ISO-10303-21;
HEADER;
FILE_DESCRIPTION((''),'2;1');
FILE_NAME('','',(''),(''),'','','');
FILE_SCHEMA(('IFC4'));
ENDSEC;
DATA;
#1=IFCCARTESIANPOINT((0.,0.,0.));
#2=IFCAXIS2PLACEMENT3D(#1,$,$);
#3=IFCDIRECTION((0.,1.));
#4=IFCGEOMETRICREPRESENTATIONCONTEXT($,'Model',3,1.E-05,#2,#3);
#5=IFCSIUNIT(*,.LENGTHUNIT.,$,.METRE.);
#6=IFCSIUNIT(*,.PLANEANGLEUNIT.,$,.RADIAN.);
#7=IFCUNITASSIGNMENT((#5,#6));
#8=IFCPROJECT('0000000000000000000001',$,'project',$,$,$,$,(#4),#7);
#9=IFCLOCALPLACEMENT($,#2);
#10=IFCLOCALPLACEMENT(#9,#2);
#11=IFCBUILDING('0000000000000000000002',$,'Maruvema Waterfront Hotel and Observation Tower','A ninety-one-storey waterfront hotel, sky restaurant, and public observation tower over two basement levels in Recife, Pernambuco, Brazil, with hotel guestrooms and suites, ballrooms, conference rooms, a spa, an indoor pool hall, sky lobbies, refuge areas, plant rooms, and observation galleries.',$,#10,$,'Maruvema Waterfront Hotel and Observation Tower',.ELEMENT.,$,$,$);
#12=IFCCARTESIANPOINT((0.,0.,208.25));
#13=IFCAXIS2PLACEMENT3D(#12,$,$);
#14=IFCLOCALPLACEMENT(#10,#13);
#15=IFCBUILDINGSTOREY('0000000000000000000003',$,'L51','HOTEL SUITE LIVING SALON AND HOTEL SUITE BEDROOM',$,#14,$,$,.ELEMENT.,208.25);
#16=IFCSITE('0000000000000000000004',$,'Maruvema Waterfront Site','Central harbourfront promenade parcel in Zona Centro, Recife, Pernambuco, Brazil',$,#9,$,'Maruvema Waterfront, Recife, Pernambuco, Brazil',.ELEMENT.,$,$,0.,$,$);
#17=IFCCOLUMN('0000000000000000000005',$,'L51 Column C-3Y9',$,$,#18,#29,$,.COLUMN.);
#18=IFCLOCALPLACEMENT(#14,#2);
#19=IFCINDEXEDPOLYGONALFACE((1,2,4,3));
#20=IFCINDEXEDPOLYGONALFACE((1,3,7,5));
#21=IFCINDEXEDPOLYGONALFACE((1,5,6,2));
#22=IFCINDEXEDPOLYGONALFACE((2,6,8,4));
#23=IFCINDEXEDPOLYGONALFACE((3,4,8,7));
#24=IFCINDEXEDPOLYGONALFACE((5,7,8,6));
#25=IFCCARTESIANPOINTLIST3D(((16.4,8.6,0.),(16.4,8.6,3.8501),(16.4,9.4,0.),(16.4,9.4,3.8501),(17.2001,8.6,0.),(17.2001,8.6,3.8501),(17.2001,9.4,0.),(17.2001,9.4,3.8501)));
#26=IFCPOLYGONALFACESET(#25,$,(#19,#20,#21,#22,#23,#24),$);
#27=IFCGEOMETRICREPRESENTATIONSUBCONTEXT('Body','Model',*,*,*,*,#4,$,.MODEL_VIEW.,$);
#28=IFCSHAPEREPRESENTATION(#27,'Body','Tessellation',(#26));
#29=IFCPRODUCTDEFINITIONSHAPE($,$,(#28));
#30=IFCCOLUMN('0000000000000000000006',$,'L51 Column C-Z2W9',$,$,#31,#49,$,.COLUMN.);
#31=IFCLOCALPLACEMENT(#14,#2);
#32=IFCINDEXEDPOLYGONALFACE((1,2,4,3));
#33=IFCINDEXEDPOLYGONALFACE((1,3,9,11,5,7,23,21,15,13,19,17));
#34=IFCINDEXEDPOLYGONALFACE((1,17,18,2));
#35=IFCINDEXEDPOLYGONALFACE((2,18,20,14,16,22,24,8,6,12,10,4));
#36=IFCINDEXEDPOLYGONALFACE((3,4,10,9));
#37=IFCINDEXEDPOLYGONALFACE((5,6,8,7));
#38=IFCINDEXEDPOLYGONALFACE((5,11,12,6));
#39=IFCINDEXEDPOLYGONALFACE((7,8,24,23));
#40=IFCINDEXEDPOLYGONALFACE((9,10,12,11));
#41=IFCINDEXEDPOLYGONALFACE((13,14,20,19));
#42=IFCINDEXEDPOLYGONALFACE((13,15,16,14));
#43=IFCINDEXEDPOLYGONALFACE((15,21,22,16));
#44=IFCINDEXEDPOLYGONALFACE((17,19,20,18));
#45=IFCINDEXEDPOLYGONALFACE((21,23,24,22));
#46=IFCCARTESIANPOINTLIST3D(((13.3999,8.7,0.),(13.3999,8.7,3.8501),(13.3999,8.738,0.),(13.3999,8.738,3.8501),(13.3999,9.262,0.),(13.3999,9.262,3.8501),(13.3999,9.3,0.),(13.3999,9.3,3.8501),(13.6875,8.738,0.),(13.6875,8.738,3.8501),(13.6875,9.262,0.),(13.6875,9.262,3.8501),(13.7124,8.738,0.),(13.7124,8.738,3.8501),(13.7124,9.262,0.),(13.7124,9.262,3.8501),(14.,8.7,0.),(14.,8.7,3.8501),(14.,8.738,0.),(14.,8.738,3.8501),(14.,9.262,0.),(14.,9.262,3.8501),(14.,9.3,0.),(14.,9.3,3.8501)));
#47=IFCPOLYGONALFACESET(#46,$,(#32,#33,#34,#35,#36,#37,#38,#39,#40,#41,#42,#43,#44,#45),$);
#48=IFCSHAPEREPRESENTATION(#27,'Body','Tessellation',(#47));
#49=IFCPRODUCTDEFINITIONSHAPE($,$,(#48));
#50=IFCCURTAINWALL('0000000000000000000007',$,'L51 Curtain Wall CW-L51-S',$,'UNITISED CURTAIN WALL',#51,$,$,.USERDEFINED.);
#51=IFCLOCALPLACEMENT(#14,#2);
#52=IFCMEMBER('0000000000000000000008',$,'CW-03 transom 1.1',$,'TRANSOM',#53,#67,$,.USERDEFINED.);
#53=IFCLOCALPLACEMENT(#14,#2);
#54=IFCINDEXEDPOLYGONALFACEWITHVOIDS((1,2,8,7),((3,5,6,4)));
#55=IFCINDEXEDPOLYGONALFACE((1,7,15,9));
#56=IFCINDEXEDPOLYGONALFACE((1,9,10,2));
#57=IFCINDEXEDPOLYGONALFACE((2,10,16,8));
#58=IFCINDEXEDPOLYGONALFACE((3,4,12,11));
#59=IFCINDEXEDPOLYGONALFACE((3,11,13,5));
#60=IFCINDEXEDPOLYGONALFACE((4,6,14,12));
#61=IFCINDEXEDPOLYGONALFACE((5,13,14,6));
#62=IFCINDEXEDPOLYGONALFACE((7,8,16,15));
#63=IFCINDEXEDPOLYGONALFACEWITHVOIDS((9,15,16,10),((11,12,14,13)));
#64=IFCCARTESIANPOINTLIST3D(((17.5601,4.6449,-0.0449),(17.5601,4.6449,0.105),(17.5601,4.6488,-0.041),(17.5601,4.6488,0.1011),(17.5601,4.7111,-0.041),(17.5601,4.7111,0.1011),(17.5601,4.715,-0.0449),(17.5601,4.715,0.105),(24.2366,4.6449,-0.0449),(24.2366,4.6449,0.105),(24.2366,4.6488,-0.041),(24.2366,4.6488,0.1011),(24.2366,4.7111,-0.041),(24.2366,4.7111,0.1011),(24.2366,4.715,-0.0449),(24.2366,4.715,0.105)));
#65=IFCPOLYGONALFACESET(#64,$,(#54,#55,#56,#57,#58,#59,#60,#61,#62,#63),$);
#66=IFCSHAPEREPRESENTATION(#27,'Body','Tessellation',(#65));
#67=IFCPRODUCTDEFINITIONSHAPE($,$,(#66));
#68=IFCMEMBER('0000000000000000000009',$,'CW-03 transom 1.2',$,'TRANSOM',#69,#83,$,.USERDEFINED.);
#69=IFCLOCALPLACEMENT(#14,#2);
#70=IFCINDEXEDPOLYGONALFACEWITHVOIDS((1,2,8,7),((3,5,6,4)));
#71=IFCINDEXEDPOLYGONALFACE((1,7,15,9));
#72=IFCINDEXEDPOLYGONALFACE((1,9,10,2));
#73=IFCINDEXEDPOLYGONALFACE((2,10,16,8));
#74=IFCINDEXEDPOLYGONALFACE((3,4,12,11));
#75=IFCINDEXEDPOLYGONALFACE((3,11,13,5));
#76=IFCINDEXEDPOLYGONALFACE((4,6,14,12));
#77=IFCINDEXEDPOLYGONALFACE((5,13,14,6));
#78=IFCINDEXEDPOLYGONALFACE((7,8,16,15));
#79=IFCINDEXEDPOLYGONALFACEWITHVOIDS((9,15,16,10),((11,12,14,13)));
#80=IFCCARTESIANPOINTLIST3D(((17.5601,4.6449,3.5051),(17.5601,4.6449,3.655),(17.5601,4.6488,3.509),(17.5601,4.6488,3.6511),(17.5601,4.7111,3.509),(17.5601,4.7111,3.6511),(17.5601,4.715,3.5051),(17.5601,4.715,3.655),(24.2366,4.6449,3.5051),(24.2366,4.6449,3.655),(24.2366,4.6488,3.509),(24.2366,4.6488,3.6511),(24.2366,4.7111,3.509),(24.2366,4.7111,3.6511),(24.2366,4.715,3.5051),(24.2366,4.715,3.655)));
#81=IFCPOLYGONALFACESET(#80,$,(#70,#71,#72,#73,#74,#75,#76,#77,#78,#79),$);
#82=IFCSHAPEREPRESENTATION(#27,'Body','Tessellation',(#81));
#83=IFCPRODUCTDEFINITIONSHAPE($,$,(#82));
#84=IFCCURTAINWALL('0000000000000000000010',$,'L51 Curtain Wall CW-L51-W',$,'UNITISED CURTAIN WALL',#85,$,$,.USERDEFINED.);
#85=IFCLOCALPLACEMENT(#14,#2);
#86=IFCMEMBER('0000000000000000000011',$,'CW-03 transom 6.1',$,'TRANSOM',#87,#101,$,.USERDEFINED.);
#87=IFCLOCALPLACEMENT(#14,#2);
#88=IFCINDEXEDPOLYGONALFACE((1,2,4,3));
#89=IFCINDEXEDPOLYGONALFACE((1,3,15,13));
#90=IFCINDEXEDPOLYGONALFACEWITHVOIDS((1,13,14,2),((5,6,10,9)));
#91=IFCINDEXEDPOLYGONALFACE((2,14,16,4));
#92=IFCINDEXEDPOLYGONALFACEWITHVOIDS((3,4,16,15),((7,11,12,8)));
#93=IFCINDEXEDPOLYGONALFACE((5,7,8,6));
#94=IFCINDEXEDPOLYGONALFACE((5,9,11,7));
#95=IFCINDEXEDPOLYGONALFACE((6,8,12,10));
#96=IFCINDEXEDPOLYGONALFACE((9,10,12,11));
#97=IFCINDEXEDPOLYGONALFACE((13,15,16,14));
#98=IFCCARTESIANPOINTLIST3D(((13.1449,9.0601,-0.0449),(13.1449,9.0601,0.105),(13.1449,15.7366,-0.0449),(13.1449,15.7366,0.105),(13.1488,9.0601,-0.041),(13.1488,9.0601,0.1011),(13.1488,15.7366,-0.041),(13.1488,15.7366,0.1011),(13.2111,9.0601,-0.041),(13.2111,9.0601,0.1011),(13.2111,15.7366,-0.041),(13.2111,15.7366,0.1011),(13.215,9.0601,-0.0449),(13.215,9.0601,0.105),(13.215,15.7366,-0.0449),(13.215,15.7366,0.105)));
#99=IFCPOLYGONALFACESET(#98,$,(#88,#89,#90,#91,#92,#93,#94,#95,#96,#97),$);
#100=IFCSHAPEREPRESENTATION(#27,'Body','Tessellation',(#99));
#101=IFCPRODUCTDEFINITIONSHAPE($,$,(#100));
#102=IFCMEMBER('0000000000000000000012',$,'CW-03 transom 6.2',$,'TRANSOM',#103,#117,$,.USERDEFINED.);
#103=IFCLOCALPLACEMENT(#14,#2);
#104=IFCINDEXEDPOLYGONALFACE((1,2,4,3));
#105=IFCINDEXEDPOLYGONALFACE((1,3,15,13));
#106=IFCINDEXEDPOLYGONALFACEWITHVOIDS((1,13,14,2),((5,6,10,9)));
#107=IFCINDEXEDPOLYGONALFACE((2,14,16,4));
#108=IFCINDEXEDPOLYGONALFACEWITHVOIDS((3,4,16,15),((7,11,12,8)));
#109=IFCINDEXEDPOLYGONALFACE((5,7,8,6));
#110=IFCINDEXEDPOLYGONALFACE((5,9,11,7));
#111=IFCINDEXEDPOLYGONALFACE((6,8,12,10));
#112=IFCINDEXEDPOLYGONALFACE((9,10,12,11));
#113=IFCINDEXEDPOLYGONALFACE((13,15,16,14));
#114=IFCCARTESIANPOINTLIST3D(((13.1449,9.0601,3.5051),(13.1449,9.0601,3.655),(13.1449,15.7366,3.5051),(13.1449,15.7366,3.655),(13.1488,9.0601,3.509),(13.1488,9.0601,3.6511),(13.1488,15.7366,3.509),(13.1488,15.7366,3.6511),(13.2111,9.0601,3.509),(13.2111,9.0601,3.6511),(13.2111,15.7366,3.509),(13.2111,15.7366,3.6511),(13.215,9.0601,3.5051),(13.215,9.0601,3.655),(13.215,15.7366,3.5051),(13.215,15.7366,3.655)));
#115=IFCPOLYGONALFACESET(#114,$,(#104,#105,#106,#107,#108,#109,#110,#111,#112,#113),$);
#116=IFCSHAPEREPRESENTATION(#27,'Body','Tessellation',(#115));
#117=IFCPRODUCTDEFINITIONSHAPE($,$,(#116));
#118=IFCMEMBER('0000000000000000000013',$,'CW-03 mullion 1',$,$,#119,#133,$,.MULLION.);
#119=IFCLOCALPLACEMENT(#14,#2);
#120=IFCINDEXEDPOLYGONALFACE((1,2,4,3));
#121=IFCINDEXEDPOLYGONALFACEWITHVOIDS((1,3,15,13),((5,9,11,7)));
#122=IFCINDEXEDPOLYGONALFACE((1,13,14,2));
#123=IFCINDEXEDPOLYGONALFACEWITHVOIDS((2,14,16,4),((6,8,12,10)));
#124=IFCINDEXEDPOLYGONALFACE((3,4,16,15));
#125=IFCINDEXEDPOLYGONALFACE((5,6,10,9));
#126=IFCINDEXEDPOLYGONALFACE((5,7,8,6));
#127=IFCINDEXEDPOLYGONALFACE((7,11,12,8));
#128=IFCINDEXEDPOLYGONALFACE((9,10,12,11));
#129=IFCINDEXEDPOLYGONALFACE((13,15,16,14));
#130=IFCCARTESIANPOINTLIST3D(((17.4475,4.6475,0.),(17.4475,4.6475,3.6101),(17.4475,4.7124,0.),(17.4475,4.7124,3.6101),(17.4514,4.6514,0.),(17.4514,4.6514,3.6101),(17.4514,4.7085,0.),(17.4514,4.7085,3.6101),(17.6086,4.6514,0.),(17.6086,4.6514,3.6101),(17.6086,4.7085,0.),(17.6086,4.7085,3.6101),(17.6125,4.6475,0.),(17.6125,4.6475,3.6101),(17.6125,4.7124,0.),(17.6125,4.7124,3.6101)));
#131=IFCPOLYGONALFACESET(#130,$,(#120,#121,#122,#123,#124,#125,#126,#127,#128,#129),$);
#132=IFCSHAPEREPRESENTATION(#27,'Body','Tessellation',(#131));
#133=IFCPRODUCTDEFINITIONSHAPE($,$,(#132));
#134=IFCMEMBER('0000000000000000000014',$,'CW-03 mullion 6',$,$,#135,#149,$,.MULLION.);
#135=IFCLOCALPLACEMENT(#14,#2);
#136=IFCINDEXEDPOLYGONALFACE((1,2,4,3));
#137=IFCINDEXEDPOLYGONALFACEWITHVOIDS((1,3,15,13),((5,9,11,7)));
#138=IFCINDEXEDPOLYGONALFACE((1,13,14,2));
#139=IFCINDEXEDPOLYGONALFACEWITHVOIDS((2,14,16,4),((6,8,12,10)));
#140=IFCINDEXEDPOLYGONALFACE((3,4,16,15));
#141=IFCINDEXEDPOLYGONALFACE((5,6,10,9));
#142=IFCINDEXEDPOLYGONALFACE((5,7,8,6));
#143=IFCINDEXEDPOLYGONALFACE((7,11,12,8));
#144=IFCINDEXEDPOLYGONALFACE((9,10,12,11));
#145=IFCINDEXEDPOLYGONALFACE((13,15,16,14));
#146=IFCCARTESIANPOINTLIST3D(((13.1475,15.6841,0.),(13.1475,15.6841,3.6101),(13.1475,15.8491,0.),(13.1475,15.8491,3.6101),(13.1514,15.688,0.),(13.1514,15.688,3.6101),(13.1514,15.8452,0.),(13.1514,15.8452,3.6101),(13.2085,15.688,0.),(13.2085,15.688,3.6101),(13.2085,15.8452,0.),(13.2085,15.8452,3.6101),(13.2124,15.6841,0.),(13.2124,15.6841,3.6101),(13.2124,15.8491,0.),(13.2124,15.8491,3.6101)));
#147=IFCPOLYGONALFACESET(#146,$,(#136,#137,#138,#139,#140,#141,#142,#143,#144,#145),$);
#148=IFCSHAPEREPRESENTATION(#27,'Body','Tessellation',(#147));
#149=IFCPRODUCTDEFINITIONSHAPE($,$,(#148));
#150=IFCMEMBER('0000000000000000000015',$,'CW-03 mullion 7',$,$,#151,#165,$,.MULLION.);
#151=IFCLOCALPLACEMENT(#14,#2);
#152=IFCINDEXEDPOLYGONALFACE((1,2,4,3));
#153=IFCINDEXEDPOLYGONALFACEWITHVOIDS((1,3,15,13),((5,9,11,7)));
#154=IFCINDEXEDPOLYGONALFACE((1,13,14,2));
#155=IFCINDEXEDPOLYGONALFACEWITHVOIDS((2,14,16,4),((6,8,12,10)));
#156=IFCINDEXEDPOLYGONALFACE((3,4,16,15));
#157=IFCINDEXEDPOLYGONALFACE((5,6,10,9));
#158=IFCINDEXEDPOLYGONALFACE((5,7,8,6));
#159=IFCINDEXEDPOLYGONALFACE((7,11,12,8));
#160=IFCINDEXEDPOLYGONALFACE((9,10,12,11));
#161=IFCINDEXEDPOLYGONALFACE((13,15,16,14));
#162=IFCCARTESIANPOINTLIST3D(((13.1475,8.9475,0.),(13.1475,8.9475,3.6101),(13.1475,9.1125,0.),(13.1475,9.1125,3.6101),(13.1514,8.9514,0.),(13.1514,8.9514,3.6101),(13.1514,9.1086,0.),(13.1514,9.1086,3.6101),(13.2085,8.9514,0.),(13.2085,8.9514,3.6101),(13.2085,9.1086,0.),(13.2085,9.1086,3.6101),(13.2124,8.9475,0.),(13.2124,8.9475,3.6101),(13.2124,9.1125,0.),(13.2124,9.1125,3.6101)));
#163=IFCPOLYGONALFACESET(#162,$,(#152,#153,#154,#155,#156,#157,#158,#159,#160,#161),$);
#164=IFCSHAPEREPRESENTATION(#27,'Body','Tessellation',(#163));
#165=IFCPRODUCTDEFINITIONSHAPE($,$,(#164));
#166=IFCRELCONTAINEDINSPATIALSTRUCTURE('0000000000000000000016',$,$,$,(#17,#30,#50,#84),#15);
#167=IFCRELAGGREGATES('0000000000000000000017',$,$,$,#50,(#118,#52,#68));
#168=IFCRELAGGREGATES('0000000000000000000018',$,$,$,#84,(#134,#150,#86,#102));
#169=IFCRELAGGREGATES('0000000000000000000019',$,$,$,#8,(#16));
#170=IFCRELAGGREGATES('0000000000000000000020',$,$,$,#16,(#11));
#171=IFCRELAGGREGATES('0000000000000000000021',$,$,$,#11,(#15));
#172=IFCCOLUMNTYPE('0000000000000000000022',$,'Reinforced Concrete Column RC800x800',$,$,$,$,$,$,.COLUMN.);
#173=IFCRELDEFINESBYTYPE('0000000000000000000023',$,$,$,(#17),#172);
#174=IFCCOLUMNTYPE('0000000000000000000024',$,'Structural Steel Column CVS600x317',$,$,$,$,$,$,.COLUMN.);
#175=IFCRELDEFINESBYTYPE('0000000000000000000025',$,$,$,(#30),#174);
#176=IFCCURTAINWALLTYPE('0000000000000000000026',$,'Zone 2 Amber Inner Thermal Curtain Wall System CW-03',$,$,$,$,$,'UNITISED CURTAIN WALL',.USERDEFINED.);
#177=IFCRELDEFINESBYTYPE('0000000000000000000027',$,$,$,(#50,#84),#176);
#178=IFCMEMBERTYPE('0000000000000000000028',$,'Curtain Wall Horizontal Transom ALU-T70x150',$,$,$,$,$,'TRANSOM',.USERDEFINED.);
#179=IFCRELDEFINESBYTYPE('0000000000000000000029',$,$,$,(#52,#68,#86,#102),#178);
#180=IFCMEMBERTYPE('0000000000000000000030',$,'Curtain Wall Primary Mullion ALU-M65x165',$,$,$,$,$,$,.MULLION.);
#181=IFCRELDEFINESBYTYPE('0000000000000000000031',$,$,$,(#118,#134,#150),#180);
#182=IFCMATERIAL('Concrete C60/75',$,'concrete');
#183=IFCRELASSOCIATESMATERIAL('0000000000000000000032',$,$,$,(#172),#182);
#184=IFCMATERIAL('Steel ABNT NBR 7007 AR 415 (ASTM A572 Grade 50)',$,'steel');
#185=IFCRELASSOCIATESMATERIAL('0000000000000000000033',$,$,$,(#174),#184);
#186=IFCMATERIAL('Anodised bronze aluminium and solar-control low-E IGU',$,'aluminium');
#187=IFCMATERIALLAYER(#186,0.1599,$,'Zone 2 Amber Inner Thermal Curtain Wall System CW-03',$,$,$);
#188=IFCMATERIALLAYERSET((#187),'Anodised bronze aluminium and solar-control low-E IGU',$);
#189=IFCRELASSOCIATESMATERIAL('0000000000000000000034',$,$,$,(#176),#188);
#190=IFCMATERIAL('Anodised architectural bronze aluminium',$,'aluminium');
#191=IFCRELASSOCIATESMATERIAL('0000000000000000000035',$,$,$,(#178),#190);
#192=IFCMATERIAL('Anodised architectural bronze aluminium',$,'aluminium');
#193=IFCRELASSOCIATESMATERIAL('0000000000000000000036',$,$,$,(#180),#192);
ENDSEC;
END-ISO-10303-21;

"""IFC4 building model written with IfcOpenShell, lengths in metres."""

from ifc_helpers import new_model, si_unit, direction, frame, origin, origin_2d, place, context, subcontext, project, spatial, rectangle, hollow_rectangle, i_section, extrude, material, layer, layer_set, material_profile, profile_set, type_object, element, aggregate, save


model = new_model("IFC4")

# Units and contexts
model_context = context("Model", 3, precision=1e-05, world=origin(), true_north=direction((0.0, 1.0)))
body_context = subcontext(model_context, "Body", "Model", "MODEL_VIEW")
ifc_project = project(units=[si_unit("LENGTHUNIT", "METRE"), si_unit("PLANEANGLEUNIT", "RADIAN")], contexts=[model_context])

# Site, building, storey
site_placement = place(None, origin())
site = spatial("IfcSite", under=ifc_project, at=site_placement, Name="Maruvema Waterfront Site", Description="Central harbourfront promenade parcel in Zona Centro, Recife, Pernambuco, Brazil", LongName="Maruvema Waterfront, Recife, Pernambuco, Brazil", CompositionType="ELEMENT", RefElevation=0.0)
building_placement = place(site_placement, origin())
building = spatial("IfcBuilding", under=site, at=building_placement, Name="Maruvema Waterfront Hotel and Observation Tower", Description="A ninety-one-storey waterfront hotel, sky restaurant, and public observation tower over two basement levels in Recife, Pernambuco, Brazil, with hotel guestrooms and suites, ballrooms, conference rooms, a spa, an indoor pool hall, sky lobbies, refuge areas, plant rooms, and observation galleries.", LongName="Maruvema Waterfront Hotel and Observation Tower", CompositionType="ELEMENT")
storey_placement = place(building_placement, frame((0.0, 0.0, 208.25)))
storey = spatial("IfcBuildingStorey", under=building, at=storey_placement, Name="L51", Description="HOTEL SUITE LIVING SALON AND HOTEL SUITE BEDROOM", CompositionType="ELEMENT", Elevation=208.25)

# Columns
ifc_material_1 = material(Name="Concrete C60/75", Category="concrete")
ifc_material_profile_1 = material_profile(ifc_material_1, rectangle(XDim=0.8, YDim=0.8, at=origin_2d()), Name="RC800x800")
ifc_profile_set_1 = profile_set([ifc_material_profile_1], Name="Concrete C60/75")
column_type_1 = type_object("IfcColumnType", Name="Reinforced Concrete Column RC800x800", PredefinedType="COLUMN", material=ifc_profile_set_1)
column_1_placement = place(storey_placement, frame((16.8, 9.0, 0.0), z_axis=(0.0, 0.0, 1.0), x_axis=(1.0, 0.0, 0.0)))
element("IfcColumn", 1, at=column_1_placement, inside=storey, type_object=column_type_1, Name="L51 Column C-3Y9", PredefinedType="COLUMN", context=body_context, shape_type="SweptSolid", body=[
    extrude(rectangle(XDim=0.8, YDim=0.8, at=origin_2d()), origin(), (0.0, 0.0, 1.0), 3.8501),
])
ifc_material_2 = material(Name="Steel ABNT NBR 7007 AR 415 (ASTM A572 Grade 50)", Category="steel")
ifc_material_profile_2 = material_profile(ifc_material_2, i_section(OverallWidth=0.6001, OverallDepth=0.6001, WebThickness=0.0249, FlangeThickness=0.0381, at=origin_2d()), Name="CVS600x317")
ifc_profile_set_2 = profile_set([ifc_material_profile_2], Name="Steel ABNT NBR 7007 AR 415 (ASTM A572 Grade 50)")
column_type_2 = type_object("IfcColumnType", Name="Structural Steel Column CVS600x317", PredefinedType="COLUMN", material=ifc_profile_set_2)
column_2_placement = place(storey_placement, frame((13.7, 9.0, 0.0), z_axis=(0.0, 0.0, 1.0), x_axis=(1.0, 0.0, 0.0)))
element("IfcColumn", 2, at=column_2_placement, inside=storey, type_object=column_type_2, Name="L51 Column C-Z2W9", PredefinedType="COLUMN", context=body_context, shape_type="SweptSolid", body=[
    extrude(i_section(OverallWidth=0.6001, OverallDepth=0.6001, WebThickness=0.0249, FlangeThickness=0.0381, at=origin_2d()), origin(), (0.0, 0.0, 1.0), 3.8501),
])

# Curtain walls, members
ifc_material_3 = material(Name="Anodised bronze aluminium and solar-control low-E IGU", Category="aluminium")
ifc_layer_1 = layer(ifc_material_3, 0.1599, Name="Zone 2 Amber Inner Thermal Curtain Wall System CW-03")
ifc_layer_set_1 = layer_set([ifc_layer_1], Name="Anodised bronze aluminium and solar-control low-E IGU")
curtain_wall_type = type_object("IfcCurtainWallType", Name="Zone 2 Amber Inner Thermal Curtain Wall System CW-03", ElementType="UNITISED CURTAIN WALL", PredefinedType="USERDEFINED", material=ifc_layer_set_1)
curtain_wall_1_placement = place(storey_placement, origin())
curtain_wall_1 = element("IfcCurtainWall", 3, at=curtain_wall_1_placement, inside=storey, type_object=curtain_wall_type, Name="L51 Curtain Wall CW-L51-S", ObjectType="UNITISED CURTAIN WALL", PredefinedType="USERDEFINED")
ifc_material_4 = material(Name="Anodised architectural bronze aluminium", Category="aluminium")
ifc_material_profile_3 = material_profile(ifc_material_4, hollow_rectangle(XDim=0.0701, YDim=0.1499, WallThickness=0.0039, at=origin_2d()), Name="ALU-T70x150")
ifc_profile_set_3 = profile_set([ifc_material_profile_3], Name="Anodised architectural bronze aluminium")
member_type_1 = type_object("IfcMemberType", Name="Curtain Wall Horizontal Transom ALU-T70x150", ElementType="TRANSOM", PredefinedType="USERDEFINED", material=ifc_profile_set_3)
member_1_placement = place(storey_placement, frame((17.5601, 4.6799, 0.03), z_axis=(1.0, 0.0, 0.0), x_axis=(0.0, 1.0, 0.0)))
member_1 = element("IfcMember", 4, at=member_1_placement, type_object=member_type_1, Name="CW-03 transom 1.1", ObjectType="TRANSOM", PredefinedType="USERDEFINED", context=body_context, shape_type="SweptSolid", body=[
    extrude(hollow_rectangle(XDim=0.0701, YDim=0.1499, WallThickness=0.0039, at=origin_2d()), origin(), (0.0, 0.0, 1.0), 6.6765),
])
member_2_placement = place(storey_placement, frame((17.5601, 4.6799, 3.5801), z_axis=(1.0, 0.0, 0.0), x_axis=(0.0, 1.0, 0.0)))
member_2 = element("IfcMember", 5, at=member_2_placement, type_object=member_type_1, Name="CW-03 transom 1.2", ObjectType="TRANSOM", PredefinedType="USERDEFINED", context=body_context, shape_type="SweptSolid", body=[
    extrude(hollow_rectangle(XDim=0.0701, YDim=0.1499, WallThickness=0.0039, at=origin_2d()), origin(), (0.0, 0.0, 1.0), 6.6765),
])
curtain_wall_2_placement = place(storey_placement, origin())
curtain_wall_2 = element("IfcCurtainWall", 6, at=curtain_wall_2_placement, inside=storey, type_object=curtain_wall_type, Name="L51 Curtain Wall CW-L51-W", ObjectType="UNITISED CURTAIN WALL", PredefinedType="USERDEFINED")
member_3_placement = place(storey_placement, frame((13.1799, 15.7366, 0.03), z_axis=(0.0, -1.0, 0.0), x_axis=(1.0, 0.0, 0.0)))
member_3 = element("IfcMember", 7, at=member_3_placement, type_object=member_type_1, Name="CW-03 transom 6.1", ObjectType="TRANSOM", PredefinedType="USERDEFINED", context=body_context, shape_type="SweptSolid", body=[
    extrude(hollow_rectangle(XDim=0.0701, YDim=0.1499, WallThickness=0.0039, at=origin_2d()), origin(), (0.0, 0.0, 1.0), 6.6765),
])
member_4_placement = place(storey_placement, frame((13.1799, 15.7366, 3.5801), z_axis=(0.0, -1.0, 0.0), x_axis=(1.0, 0.0, 0.0)))
member_4 = element("IfcMember", 8, at=member_4_placement, type_object=member_type_1, Name="CW-03 transom 6.2", ObjectType="TRANSOM", PredefinedType="USERDEFINED", context=body_context, shape_type="SweptSolid", body=[
    extrude(hollow_rectangle(XDim=0.0701, YDim=0.1499, WallThickness=0.0039, at=origin_2d()), origin(), (0.0, 0.0, 1.0), 6.6765),
])

# Members
ifc_material_5 = material(Name="Anodised architectural bronze aluminium", Category="aluminium")
ifc_material_profile_4 = material_profile(ifc_material_5, hollow_rectangle(XDim=0.0649, YDim=0.165, WallThickness=0.0039, at=origin_2d()), Name="ALU-M65x165")
ifc_profile_set_4 = profile_set([ifc_material_profile_4], Name="Anodised architectural bronze aluminium")
member_type_2 = type_object("IfcMemberType", Name="Curtain Wall Primary Mullion ALU-M65x165", PredefinedType="MULLION", material=ifc_profile_set_4)
member_5_placement = place(storey_placement, frame((17.53, 4.6799, 0.0), z_axis=(0.0, 0.0, 1.0), x_axis=(0.0, 1.0, 0.0)))
member_5 = element("IfcMember", 9, at=member_5_placement, type_object=member_type_2, Name="CW-03 mullion 1", PredefinedType="MULLION", context=body_context, shape_type="SweptSolid", body=[
    extrude(hollow_rectangle(XDim=0.0649, YDim=0.165, WallThickness=0.0039, at=origin_2d()), origin(), (0.0, 0.0, 1.0), 3.6101),
])
member_6_placement = place(storey_placement, frame((13.1799, 15.7666, 0.0), z_axis=(0.0, 0.0, 1.0), x_axis=(1.0, 0.0, 0.0)))
member_6 = element("IfcMember", 10, at=member_6_placement, type_object=member_type_2, Name="CW-03 mullion 6", PredefinedType="MULLION", context=body_context, shape_type="SweptSolid", body=[
    extrude(hollow_rectangle(XDim=0.0649, YDim=0.165, WallThickness=0.0039, at=origin_2d()), origin(), (0.0, 0.0, 1.0), 3.6101),
])
member_7_placement = place(storey_placement, frame((13.1799, 9.03, 0.0), z_axis=(0.0, 0.0, 1.0), x_axis=(1.0, 0.0, 0.0)))
member_7 = element("IfcMember", 11, at=member_7_placement, type_object=member_type_2, Name="CW-03 mullion 7", PredefinedType="MULLION", context=body_context, shape_type="SweptSolid", body=[
    extrude(hollow_rectangle(XDim=0.0649, YDim=0.165, WallThickness=0.0039, at=origin_2d()), origin(), (0.0, 0.0, 1.0), 3.6101),
])

aggregate(curtain_wall_1, [member_5, member_1, member_2])
aggregate(curtain_wall_2, [member_6, member_7, member_3, member_4])

save(model, "model.ifc")
